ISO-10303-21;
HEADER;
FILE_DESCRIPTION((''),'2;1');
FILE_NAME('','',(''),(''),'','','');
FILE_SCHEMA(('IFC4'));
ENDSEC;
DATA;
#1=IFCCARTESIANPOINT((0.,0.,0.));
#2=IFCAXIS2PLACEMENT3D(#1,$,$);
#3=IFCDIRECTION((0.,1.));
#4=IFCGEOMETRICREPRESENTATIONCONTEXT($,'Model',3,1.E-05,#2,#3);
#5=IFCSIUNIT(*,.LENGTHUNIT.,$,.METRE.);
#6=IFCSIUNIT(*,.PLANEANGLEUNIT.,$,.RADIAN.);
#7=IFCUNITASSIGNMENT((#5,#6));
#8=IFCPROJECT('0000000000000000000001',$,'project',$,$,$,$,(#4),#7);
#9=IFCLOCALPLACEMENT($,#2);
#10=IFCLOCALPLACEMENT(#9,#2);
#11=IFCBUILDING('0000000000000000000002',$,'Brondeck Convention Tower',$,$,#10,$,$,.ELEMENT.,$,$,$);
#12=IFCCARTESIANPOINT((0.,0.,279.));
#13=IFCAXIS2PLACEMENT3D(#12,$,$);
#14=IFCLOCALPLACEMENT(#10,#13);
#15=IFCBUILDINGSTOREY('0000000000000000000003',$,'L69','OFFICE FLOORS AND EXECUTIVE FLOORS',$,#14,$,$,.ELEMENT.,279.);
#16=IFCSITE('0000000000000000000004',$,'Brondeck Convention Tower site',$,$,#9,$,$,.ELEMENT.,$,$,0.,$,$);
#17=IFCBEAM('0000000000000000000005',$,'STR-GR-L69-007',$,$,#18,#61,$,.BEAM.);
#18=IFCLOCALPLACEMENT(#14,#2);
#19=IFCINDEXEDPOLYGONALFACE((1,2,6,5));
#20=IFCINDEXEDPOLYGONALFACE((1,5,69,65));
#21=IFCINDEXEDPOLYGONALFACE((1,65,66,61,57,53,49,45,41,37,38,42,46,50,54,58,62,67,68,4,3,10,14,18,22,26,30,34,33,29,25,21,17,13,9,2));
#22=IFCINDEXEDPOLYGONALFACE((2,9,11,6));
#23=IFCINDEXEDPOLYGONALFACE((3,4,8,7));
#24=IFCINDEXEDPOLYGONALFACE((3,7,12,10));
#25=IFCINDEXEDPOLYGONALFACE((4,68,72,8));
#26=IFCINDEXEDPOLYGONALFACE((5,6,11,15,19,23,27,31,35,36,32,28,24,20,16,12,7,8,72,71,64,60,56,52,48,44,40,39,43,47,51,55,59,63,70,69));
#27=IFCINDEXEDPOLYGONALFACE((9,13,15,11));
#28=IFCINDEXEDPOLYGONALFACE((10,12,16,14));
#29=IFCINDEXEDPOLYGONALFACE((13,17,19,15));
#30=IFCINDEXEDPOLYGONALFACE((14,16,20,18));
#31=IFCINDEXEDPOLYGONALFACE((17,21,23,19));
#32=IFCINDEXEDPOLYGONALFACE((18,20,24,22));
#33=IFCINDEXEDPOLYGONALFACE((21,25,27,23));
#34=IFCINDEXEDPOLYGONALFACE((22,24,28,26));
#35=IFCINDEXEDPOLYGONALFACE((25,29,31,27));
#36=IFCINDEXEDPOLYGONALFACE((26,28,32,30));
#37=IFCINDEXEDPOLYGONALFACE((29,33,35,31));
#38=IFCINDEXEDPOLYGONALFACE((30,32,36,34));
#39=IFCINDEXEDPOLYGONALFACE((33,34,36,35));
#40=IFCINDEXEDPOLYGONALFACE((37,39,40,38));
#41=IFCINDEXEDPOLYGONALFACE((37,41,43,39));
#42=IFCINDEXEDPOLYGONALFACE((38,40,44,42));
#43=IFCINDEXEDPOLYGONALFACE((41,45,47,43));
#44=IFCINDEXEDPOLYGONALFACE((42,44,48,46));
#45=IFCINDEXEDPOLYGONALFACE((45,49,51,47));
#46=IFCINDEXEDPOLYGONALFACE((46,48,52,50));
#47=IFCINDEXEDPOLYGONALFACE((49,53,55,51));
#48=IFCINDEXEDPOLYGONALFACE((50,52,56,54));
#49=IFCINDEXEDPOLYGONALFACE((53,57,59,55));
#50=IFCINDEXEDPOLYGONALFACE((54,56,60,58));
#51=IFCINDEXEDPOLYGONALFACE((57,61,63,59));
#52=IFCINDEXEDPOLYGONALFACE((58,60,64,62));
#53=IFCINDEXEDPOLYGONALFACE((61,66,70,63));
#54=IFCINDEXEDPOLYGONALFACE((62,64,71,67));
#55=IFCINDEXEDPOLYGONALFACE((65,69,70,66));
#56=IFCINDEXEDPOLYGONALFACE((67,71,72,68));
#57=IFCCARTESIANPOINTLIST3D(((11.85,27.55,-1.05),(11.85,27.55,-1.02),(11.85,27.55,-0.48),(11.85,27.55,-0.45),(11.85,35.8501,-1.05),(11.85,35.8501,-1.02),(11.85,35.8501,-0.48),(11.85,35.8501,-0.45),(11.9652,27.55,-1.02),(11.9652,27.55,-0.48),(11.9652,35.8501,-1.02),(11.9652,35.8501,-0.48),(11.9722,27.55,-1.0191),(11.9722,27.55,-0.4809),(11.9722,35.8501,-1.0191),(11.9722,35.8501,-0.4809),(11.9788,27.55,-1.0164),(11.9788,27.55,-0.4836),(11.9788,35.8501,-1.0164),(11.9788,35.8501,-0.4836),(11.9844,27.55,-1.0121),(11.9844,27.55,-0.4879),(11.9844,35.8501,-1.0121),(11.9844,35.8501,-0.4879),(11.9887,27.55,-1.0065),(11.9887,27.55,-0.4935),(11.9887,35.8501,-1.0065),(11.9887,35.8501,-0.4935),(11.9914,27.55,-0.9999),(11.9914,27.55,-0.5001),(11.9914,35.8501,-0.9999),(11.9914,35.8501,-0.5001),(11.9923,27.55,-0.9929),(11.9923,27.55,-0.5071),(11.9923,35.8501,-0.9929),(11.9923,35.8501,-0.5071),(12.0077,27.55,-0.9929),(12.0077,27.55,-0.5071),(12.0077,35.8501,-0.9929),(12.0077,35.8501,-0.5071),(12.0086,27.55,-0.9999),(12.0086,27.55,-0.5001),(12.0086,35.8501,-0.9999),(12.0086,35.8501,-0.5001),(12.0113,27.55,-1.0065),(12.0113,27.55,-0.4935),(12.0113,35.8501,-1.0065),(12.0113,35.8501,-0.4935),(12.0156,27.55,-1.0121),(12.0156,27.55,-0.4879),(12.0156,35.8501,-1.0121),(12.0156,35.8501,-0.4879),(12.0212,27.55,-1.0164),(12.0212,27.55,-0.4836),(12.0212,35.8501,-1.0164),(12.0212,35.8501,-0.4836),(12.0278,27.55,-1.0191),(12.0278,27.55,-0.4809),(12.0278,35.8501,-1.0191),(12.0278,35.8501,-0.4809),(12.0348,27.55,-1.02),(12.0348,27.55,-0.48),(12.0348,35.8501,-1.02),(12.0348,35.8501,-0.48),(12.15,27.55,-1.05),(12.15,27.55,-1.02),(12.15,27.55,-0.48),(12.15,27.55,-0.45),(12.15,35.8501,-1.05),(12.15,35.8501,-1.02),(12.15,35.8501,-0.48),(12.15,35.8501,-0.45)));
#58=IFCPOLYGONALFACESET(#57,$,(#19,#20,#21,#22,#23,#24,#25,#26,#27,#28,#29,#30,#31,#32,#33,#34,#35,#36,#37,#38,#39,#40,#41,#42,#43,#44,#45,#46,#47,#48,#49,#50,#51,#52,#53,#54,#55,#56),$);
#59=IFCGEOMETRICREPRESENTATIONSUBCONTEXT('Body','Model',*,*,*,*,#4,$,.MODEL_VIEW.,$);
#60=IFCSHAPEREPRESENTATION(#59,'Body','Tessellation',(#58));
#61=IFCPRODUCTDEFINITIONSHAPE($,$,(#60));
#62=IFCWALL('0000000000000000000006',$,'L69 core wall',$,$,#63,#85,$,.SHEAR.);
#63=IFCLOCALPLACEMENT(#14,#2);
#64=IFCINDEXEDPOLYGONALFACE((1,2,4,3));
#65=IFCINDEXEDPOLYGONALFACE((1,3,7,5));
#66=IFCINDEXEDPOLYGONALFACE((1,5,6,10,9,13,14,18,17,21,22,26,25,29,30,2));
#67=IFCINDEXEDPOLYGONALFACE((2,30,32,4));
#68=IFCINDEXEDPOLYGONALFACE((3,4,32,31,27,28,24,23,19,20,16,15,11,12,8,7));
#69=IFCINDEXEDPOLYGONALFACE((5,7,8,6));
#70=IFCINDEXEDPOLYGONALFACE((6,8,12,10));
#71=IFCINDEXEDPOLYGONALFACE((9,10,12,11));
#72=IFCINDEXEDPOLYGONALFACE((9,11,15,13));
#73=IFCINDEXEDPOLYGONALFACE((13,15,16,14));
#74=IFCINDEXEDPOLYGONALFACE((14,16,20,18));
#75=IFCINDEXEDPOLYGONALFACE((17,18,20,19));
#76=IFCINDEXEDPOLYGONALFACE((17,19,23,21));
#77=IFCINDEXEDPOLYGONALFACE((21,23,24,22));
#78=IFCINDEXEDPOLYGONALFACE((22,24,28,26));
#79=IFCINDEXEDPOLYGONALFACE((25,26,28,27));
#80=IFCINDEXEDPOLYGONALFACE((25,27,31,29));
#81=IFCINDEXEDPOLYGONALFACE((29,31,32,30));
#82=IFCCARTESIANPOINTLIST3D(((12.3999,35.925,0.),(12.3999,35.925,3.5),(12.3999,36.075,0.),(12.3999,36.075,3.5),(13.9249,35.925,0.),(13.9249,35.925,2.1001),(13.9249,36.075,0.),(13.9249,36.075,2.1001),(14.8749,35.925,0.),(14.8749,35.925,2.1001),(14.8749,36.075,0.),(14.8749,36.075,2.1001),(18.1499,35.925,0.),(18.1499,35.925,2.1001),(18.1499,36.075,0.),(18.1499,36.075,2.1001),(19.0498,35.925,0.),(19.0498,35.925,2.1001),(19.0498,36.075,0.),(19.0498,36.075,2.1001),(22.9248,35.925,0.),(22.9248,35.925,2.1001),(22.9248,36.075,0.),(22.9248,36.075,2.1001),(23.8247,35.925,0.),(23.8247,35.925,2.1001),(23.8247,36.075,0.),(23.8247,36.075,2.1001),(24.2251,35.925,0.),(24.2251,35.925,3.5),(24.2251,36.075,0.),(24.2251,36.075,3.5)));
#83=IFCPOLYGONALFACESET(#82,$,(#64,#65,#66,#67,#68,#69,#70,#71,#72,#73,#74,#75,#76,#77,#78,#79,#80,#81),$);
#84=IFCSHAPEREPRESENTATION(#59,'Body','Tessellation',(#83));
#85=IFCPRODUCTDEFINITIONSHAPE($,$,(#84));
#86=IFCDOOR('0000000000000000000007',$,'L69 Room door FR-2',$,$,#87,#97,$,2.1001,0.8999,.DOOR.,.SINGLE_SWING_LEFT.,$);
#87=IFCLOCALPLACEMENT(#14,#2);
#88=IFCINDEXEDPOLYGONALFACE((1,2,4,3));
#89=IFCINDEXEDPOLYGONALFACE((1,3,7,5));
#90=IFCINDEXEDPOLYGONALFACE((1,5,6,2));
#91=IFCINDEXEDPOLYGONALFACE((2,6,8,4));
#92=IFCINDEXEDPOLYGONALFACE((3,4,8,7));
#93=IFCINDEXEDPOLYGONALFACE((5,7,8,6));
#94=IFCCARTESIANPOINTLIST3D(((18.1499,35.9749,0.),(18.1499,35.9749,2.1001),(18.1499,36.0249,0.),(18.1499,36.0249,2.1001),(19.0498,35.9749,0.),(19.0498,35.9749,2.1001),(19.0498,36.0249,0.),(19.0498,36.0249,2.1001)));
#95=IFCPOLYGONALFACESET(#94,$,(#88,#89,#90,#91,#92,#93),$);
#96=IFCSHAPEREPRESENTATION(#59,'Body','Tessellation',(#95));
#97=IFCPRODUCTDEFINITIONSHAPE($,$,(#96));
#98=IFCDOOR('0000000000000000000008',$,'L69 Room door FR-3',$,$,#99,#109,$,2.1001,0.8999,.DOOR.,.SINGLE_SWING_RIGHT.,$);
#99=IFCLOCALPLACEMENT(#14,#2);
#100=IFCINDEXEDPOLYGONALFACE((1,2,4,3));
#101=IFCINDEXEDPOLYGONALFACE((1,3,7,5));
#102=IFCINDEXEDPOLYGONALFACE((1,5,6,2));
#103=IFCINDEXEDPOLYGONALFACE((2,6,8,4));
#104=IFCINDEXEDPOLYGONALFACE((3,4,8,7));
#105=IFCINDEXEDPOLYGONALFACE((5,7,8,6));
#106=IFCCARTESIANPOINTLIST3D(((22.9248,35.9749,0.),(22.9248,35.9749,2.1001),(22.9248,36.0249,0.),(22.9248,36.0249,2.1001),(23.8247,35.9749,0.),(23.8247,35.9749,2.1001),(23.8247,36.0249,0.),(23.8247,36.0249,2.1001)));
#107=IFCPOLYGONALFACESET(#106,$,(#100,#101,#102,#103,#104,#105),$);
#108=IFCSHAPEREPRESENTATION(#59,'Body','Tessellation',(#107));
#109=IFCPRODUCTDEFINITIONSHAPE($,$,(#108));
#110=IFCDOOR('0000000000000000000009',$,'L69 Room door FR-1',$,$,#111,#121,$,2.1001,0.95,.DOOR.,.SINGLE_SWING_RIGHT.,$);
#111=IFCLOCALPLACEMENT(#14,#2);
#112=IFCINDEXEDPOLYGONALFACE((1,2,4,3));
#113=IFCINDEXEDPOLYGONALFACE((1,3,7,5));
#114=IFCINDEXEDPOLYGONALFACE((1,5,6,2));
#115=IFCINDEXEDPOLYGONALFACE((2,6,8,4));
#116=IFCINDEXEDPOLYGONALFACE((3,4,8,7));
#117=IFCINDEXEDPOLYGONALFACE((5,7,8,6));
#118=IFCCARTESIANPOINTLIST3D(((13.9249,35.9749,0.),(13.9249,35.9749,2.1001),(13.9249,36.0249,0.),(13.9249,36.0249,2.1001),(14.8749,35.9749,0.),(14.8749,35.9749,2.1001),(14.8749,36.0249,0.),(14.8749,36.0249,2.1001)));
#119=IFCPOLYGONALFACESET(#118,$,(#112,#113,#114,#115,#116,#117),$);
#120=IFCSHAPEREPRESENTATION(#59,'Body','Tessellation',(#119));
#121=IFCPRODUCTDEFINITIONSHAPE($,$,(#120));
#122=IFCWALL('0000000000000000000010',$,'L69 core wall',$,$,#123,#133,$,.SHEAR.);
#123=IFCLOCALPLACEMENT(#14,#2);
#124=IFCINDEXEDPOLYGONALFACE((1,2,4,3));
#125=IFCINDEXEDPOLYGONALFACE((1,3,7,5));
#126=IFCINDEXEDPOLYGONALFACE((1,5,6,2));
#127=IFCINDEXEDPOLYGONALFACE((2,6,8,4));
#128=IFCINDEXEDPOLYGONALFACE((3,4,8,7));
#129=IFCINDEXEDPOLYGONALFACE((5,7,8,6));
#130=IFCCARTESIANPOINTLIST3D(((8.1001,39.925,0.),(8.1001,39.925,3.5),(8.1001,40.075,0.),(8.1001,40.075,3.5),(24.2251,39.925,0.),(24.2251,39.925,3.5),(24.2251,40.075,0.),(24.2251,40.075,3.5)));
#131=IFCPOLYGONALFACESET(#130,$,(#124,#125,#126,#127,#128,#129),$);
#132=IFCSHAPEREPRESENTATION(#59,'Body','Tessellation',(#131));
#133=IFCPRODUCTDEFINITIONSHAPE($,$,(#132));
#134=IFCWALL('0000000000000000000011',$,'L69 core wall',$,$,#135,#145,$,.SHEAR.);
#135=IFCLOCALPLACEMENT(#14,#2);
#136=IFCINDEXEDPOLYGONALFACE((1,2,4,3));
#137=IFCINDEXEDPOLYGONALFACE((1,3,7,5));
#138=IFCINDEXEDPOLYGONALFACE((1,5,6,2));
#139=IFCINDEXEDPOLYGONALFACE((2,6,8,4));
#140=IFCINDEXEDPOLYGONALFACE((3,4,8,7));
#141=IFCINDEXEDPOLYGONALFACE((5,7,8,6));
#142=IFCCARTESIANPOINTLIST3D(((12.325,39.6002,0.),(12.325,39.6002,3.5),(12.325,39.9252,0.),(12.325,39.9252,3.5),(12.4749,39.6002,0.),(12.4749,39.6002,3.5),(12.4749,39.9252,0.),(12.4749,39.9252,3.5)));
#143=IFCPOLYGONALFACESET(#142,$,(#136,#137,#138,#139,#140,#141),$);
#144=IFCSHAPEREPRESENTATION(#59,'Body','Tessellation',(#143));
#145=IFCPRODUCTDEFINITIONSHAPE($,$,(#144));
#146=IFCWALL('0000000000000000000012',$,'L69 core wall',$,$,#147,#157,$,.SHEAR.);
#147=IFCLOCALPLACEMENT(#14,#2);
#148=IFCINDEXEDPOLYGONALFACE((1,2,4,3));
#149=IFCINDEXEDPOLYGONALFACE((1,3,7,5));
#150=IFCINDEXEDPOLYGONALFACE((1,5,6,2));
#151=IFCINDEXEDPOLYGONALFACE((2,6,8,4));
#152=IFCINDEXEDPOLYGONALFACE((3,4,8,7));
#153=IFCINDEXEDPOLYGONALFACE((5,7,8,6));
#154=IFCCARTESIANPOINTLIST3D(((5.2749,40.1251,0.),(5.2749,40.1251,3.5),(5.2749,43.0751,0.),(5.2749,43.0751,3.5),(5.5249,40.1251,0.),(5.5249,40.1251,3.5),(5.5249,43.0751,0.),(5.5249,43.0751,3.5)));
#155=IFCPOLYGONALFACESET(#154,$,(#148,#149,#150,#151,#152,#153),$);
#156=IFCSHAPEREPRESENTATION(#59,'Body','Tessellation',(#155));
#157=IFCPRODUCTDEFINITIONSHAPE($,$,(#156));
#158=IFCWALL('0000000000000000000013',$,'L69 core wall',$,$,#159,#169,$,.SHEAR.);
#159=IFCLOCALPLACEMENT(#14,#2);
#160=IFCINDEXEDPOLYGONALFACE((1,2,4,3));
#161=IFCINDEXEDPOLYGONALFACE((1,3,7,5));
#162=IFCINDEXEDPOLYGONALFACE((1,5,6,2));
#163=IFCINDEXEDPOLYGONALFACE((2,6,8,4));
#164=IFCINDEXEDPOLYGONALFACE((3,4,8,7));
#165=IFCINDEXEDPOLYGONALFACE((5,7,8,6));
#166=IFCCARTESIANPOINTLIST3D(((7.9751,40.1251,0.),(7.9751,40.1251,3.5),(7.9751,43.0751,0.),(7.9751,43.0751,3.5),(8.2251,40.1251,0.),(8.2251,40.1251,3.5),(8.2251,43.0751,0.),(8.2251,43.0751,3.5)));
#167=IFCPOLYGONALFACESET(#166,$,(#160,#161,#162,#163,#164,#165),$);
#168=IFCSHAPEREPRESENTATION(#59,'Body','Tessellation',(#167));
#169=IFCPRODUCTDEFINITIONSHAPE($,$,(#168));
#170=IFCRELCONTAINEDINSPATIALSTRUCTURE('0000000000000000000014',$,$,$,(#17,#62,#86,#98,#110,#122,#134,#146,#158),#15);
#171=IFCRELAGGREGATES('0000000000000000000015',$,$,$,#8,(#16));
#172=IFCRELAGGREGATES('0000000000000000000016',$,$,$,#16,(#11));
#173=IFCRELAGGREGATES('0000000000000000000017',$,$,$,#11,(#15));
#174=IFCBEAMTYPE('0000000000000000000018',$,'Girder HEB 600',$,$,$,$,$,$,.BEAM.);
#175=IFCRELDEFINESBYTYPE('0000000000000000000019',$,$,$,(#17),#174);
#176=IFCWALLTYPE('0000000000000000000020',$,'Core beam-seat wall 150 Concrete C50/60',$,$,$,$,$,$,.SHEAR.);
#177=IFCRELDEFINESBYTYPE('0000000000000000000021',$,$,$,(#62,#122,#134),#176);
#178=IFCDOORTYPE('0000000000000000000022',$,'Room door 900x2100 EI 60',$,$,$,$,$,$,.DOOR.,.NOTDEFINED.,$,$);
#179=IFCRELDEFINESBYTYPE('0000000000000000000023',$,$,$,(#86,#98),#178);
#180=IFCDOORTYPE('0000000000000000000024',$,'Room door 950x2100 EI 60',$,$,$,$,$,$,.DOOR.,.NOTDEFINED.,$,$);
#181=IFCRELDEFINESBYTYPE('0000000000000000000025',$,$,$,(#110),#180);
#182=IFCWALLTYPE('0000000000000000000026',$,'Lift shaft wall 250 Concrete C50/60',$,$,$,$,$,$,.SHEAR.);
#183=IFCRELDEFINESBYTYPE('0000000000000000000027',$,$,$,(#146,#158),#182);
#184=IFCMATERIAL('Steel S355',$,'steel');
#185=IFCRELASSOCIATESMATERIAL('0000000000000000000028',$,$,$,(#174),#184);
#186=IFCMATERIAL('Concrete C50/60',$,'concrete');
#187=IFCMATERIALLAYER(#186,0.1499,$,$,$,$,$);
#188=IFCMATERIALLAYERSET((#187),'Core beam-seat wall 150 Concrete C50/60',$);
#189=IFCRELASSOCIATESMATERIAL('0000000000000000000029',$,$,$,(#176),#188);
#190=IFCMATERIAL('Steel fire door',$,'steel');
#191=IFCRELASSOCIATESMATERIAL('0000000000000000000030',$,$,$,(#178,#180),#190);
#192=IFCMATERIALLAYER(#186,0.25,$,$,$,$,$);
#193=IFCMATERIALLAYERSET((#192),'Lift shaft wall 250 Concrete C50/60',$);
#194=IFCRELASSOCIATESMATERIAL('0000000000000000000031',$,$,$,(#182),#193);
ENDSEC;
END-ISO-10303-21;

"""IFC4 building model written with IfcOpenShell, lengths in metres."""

from ifc_helpers import new_model, si_unit, direction, frame, frame_2d, origin, origin_2d, place, context, subcontext, project, spatial, rectangle, i_section, extrude, material, layer, layer_set, material_profile, profile_set, type_object, element, fill, save


model = new_model("IFC4")

# Units and contexts
model_context = context("Model", 3, precision=1e-05, world=origin(), true_north=direction((0.0, 1.0)))
body_context = subcontext(model_context, "Body", "Model", "MODEL_VIEW")
ifc_project = project(units=[si_unit("LENGTHUNIT", "METRE"), si_unit("PLANEANGLEUNIT", "RADIAN")], contexts=[model_context])

# Site, building, storey
site_placement = place(None, origin())
site = spatial("IfcSite", under=ifc_project, at=site_placement, Name="Brondeck Convention Tower site", CompositionType="ELEMENT", RefElevation=0.0)
building_placement = place(site_placement, origin())
building = spatial("IfcBuilding", under=site, at=building_placement, Name="Brondeck Convention Tower", CompositionType="ELEMENT")
storey_placement = place(building_placement, frame((0.0, 0.0, 279.0)))
storey = spatial("IfcBuildingStorey", under=building, at=storey_placement, Name="L69", Description="OFFICE FLOORS AND EXECUTIVE FLOORS", CompositionType="ELEMENT", Elevation=279.0)

# Beam
ifc_material_1 = material(Name="Steel S355", Category="steel")
ifc_material_profile = material_profile(ifc_material_1, i_section(OverallWidth=0.3, OverallDepth=0.6001, WebThickness=0.0154, FlangeThickness=0.03, FilletRadius=0.0271, at=origin_2d()), Name="HEB 600")
ifc_profile_set = profile_set([ifc_material_profile], Name="Steel S355")
beam_type = type_object("IfcBeamType", Name="Girder HEB 600", PredefinedType="BEAM", material=ifc_profile_set)
beam_placement = place(storey_placement, frame((12.0, 35.8501, -0.75), z_axis=(0.0, -1.0, 0.0), x_axis=(1.0, 0.0, 0.0)))
element("IfcBeam", 1, at=beam_placement, inside=storey, type_object=beam_type, Name="STR-GR-L69-007", PredefinedType="BEAM", context=body_context, shape_type="SweptSolid", body=[
    extrude(i_section(OverallWidth=0.3, OverallDepth=0.6001, WebThickness=0.0154, FlangeThickness=0.03, FilletRadius=0.0271, at=origin_2d()), origin(), (0.0, 0.0, 1.0), 8.3),
])

# Wall, openings, doors
ifc_material_2 = material(Name="Concrete C50/60", Category="concrete")
ifc_layer_1 = layer(ifc_material_2, 0.1499)
ifc_layer_set_1 = layer_set([ifc_layer_1], Name="Core beam-seat wall 150 Concrete C50/60")
wall_type_1 = type_object("IfcWallType", Name="Core beam-seat wall 150 Concrete C50/60", PredefinedType="SHEAR", material=ifc_layer_set_1)
wall_1_placement = place(storey_placement, frame((12.3999, 36.0, 0.0), z_axis=(0.0, 0.0, 1.0), x_axis=(1.0, 0.0, 0.0)))
wall_1 = element("IfcWall", 2, at=wall_1_placement, inside=storey, type_object=wall_type_1, Name="L69 core wall", PredefinedType="SHEAR", context=body_context, shape_type="SweptSolid", body=[
    extrude(rectangle(XDim=11.8252, YDim=0.1499, at=frame_2d((5.9126, 0.0))), origin(), (0.0, 0.0, 1.0), 3.5),
])
opening_1_placement = place(wall_1_placement, frame((1.5249, 0.0, 0.0)))
opening_1 = element("IfcOpeningElement", 3, at=opening_1_placement, cuts=wall_1, PredefinedType="OPENING", context=body_context, shape_type="SweptSolid", body=[
    extrude(rectangle(XDim=0.95, YDim=2.1001, at=frame_2d((0.4751, 1.05))), frame((0.0, 0.085, 0.0), z_axis=(0.0, -1.0, 0.0), x_axis=(1.0, 0.0, 0.0)), (0.0, 0.0, 1.0), 0.1699),
])
opening_2_placement = place(wall_1_placement, frame((5.75, 0.0, 0.0)))
opening_2 = element("IfcOpeningElement", 4, at=opening_2_placement, cuts=wall_1, PredefinedType="OPENING", context=body_context, shape_type="SweptSolid", body=[
    extrude(rectangle(XDim=0.8999, YDim=2.1001, at=frame_2d((0.45, 1.05))), frame((0.0, 0.085, 0.0), z_axis=(0.0, -1.0, 0.0), x_axis=(1.0, 0.0, 0.0)), (0.0, 0.0, 1.0), 0.1699),
])
opening_3_placement = place(wall_1_placement, frame((10.5249, 0.0, 0.0)))
opening_3 = element("IfcOpeningElement", 5, at=opening_3_placement, cuts=wall_1, PredefinedType="OPENING", context=body_context, shape_type="SweptSolid", body=[
    extrude(rectangle(XDim=0.8999, YDim=2.1001, at=frame_2d((0.45, 1.05))), frame((0.0, 0.085, 0.0), z_axis=(0.0, -1.0, 0.0), x_axis=(1.0, 0.0, 0.0)), (0.0, 0.0, 1.0), 0.1699),
])
ifc_material_3 = material(Name="Steel fire door", Category="steel")
door_type_1 = type_object("IfcDoorType", Name="Room door 900x2100 EI 60", OperationType="NOTDEFINED", PredefinedType="DOOR", material=ifc_material_3)
door_1_placement = place(opening_2_placement, origin())
door_1 = element("IfcDoor", 6, at=door_1_placement, inside=storey, type_object=door_type_1, Name="L69 Room door FR-2", OperationType="SINGLE_SWING_LEFT", OverallHeight=2.1001, OverallWidth=0.8999, PredefinedType="DOOR", context=body_context, shape_type="SweptSolid", body=[
    extrude(rectangle(XDim=0.8999, YDim=2.1001, at=frame_2d((0.45, 1.05))), frame((0.0, 0.0249, 0.0), z_axis=(0.0, -1.0, 0.0), x_axis=(1.0, 0.0, 0.0)), (0.0, 0.0, 1.0), 0.05),
])
fill(opening_2, door_1)
door_2_placement = place(opening_3_placement, origin())
door_2 = element("IfcDoor", 7, at=door_2_placement, inside=storey, type_object=door_type_1, Name="L69 Room door FR-3", OperationType="SINGLE_SWING_RIGHT", OverallHeight=2.1001, OverallWidth=0.8999, PredefinedType="DOOR", context=body_context, shape_type="SweptSolid", body=[
    extrude(rectangle(XDim=0.8999, YDim=2.1001, at=frame_2d((0.45, 1.05))), frame((0.0, 0.0249, 0.0), z_axis=(0.0, -1.0, 0.0), x_axis=(1.0, 0.0, 0.0)), (0.0, 0.0, 1.0), 0.05),
])
fill(opening_3, door_2)
door_type_2 = type_object("IfcDoorType", Name="Room door 950x2100 EI 60", OperationType="NOTDEFINED", PredefinedType="DOOR", material=ifc_material_3)
door_3_placement = place(opening_1_placement, origin())
door_3 = element("IfcDoor", 8, at=door_3_placement, inside=storey, type_object=door_type_2, Name="L69 Room door FR-1", OperationType="SINGLE_SWING_RIGHT", OverallHeight=2.1001, OverallWidth=0.95, PredefinedType="DOOR", context=body_context, shape_type="SweptSolid", body=[
    extrude(rectangle(XDim=0.95, YDim=2.1001, at=frame_2d((0.4751, 1.05))), frame((0.0, 0.0249, 0.0), z_axis=(0.0, -1.0, 0.0), x_axis=(1.0, 0.0, 0.0)), (0.0, 0.0, 1.0), 0.05),
])
fill(opening_1, door_3)

# Walls
wall_2_placement = place(storey_placement, frame((8.1001, 40.0, 0.0), z_axis=(0.0, 0.0, 1.0), x_axis=(1.0, 0.0, 0.0)))
element("IfcWall", 9, at=wall_2_placement, inside=storey, type_object=wall_type_1, Name="L69 core wall", PredefinedType="SHEAR", context=body_context, shape_type="SweptSolid", body=[
    extrude(rectangle(XDim=16.125, YDim=0.1499, at=frame_2d((8.0625, 0.0))), origin(), (0.0, 0.0, 1.0), 3.5),
])
wall_3_placement = place(storey_placement, frame((12.3999, 39.6001, 0.0), z_axis=(0.0, 0.0, 1.0), x_axis=(0.0, 1.0, 0.0)))
element("IfcWall", 10, at=wall_3_placement, inside=storey, type_object=wall_type_1, Name="L69 core wall", PredefinedType="SHEAR", context=body_context, shape_type="SweptSolid", body=[
    extrude(rectangle(XDim=0.325, YDim=0.1499, at=frame_2d((0.1626, 0.0))), origin(), (0.0, 0.0, 1.0), 3.5),
])
ifc_layer_2 = layer(ifc_material_2, 0.25)
ifc_layer_set_2 = layer_set([ifc_layer_2], Name="Lift shaft wall 250 Concrete C50/60")
wall_type_2 = type_object("IfcWallType", Name="Lift shaft wall 250 Concrete C50/60", PredefinedType="SHEAR", material=ifc_layer_set_2)
for number, where, z_axis, x_axis, name in (
    (11, (5.3999, 40.125, 0.0), (0.0, 0.0, 1.0), (0.0, 1.0, 0.0), "L69 core wall"),
    (12, (8.1001, 40.125, 0.0), (0.0, 0.0, 1.0), (0.0, 1.0, 0.0), "L69 core wall"),
):
    element("IfcWall", number, at=place(storey_placement, frame(where, z_axis=z_axis, x_axis=x_axis)), inside=storey, type_object=wall_type_2, Name=name, PredefinedType="SHEAR", context=body_context, shape_type="SweptSolid", body=[
        extrude(rectangle(XDim=2.95, YDim=0.25, at=frame_2d((1.4751, 0.0))), origin(), (0.0, 0.0, 1.0), 3.5),
    ])

save(model, "model.ifc")
